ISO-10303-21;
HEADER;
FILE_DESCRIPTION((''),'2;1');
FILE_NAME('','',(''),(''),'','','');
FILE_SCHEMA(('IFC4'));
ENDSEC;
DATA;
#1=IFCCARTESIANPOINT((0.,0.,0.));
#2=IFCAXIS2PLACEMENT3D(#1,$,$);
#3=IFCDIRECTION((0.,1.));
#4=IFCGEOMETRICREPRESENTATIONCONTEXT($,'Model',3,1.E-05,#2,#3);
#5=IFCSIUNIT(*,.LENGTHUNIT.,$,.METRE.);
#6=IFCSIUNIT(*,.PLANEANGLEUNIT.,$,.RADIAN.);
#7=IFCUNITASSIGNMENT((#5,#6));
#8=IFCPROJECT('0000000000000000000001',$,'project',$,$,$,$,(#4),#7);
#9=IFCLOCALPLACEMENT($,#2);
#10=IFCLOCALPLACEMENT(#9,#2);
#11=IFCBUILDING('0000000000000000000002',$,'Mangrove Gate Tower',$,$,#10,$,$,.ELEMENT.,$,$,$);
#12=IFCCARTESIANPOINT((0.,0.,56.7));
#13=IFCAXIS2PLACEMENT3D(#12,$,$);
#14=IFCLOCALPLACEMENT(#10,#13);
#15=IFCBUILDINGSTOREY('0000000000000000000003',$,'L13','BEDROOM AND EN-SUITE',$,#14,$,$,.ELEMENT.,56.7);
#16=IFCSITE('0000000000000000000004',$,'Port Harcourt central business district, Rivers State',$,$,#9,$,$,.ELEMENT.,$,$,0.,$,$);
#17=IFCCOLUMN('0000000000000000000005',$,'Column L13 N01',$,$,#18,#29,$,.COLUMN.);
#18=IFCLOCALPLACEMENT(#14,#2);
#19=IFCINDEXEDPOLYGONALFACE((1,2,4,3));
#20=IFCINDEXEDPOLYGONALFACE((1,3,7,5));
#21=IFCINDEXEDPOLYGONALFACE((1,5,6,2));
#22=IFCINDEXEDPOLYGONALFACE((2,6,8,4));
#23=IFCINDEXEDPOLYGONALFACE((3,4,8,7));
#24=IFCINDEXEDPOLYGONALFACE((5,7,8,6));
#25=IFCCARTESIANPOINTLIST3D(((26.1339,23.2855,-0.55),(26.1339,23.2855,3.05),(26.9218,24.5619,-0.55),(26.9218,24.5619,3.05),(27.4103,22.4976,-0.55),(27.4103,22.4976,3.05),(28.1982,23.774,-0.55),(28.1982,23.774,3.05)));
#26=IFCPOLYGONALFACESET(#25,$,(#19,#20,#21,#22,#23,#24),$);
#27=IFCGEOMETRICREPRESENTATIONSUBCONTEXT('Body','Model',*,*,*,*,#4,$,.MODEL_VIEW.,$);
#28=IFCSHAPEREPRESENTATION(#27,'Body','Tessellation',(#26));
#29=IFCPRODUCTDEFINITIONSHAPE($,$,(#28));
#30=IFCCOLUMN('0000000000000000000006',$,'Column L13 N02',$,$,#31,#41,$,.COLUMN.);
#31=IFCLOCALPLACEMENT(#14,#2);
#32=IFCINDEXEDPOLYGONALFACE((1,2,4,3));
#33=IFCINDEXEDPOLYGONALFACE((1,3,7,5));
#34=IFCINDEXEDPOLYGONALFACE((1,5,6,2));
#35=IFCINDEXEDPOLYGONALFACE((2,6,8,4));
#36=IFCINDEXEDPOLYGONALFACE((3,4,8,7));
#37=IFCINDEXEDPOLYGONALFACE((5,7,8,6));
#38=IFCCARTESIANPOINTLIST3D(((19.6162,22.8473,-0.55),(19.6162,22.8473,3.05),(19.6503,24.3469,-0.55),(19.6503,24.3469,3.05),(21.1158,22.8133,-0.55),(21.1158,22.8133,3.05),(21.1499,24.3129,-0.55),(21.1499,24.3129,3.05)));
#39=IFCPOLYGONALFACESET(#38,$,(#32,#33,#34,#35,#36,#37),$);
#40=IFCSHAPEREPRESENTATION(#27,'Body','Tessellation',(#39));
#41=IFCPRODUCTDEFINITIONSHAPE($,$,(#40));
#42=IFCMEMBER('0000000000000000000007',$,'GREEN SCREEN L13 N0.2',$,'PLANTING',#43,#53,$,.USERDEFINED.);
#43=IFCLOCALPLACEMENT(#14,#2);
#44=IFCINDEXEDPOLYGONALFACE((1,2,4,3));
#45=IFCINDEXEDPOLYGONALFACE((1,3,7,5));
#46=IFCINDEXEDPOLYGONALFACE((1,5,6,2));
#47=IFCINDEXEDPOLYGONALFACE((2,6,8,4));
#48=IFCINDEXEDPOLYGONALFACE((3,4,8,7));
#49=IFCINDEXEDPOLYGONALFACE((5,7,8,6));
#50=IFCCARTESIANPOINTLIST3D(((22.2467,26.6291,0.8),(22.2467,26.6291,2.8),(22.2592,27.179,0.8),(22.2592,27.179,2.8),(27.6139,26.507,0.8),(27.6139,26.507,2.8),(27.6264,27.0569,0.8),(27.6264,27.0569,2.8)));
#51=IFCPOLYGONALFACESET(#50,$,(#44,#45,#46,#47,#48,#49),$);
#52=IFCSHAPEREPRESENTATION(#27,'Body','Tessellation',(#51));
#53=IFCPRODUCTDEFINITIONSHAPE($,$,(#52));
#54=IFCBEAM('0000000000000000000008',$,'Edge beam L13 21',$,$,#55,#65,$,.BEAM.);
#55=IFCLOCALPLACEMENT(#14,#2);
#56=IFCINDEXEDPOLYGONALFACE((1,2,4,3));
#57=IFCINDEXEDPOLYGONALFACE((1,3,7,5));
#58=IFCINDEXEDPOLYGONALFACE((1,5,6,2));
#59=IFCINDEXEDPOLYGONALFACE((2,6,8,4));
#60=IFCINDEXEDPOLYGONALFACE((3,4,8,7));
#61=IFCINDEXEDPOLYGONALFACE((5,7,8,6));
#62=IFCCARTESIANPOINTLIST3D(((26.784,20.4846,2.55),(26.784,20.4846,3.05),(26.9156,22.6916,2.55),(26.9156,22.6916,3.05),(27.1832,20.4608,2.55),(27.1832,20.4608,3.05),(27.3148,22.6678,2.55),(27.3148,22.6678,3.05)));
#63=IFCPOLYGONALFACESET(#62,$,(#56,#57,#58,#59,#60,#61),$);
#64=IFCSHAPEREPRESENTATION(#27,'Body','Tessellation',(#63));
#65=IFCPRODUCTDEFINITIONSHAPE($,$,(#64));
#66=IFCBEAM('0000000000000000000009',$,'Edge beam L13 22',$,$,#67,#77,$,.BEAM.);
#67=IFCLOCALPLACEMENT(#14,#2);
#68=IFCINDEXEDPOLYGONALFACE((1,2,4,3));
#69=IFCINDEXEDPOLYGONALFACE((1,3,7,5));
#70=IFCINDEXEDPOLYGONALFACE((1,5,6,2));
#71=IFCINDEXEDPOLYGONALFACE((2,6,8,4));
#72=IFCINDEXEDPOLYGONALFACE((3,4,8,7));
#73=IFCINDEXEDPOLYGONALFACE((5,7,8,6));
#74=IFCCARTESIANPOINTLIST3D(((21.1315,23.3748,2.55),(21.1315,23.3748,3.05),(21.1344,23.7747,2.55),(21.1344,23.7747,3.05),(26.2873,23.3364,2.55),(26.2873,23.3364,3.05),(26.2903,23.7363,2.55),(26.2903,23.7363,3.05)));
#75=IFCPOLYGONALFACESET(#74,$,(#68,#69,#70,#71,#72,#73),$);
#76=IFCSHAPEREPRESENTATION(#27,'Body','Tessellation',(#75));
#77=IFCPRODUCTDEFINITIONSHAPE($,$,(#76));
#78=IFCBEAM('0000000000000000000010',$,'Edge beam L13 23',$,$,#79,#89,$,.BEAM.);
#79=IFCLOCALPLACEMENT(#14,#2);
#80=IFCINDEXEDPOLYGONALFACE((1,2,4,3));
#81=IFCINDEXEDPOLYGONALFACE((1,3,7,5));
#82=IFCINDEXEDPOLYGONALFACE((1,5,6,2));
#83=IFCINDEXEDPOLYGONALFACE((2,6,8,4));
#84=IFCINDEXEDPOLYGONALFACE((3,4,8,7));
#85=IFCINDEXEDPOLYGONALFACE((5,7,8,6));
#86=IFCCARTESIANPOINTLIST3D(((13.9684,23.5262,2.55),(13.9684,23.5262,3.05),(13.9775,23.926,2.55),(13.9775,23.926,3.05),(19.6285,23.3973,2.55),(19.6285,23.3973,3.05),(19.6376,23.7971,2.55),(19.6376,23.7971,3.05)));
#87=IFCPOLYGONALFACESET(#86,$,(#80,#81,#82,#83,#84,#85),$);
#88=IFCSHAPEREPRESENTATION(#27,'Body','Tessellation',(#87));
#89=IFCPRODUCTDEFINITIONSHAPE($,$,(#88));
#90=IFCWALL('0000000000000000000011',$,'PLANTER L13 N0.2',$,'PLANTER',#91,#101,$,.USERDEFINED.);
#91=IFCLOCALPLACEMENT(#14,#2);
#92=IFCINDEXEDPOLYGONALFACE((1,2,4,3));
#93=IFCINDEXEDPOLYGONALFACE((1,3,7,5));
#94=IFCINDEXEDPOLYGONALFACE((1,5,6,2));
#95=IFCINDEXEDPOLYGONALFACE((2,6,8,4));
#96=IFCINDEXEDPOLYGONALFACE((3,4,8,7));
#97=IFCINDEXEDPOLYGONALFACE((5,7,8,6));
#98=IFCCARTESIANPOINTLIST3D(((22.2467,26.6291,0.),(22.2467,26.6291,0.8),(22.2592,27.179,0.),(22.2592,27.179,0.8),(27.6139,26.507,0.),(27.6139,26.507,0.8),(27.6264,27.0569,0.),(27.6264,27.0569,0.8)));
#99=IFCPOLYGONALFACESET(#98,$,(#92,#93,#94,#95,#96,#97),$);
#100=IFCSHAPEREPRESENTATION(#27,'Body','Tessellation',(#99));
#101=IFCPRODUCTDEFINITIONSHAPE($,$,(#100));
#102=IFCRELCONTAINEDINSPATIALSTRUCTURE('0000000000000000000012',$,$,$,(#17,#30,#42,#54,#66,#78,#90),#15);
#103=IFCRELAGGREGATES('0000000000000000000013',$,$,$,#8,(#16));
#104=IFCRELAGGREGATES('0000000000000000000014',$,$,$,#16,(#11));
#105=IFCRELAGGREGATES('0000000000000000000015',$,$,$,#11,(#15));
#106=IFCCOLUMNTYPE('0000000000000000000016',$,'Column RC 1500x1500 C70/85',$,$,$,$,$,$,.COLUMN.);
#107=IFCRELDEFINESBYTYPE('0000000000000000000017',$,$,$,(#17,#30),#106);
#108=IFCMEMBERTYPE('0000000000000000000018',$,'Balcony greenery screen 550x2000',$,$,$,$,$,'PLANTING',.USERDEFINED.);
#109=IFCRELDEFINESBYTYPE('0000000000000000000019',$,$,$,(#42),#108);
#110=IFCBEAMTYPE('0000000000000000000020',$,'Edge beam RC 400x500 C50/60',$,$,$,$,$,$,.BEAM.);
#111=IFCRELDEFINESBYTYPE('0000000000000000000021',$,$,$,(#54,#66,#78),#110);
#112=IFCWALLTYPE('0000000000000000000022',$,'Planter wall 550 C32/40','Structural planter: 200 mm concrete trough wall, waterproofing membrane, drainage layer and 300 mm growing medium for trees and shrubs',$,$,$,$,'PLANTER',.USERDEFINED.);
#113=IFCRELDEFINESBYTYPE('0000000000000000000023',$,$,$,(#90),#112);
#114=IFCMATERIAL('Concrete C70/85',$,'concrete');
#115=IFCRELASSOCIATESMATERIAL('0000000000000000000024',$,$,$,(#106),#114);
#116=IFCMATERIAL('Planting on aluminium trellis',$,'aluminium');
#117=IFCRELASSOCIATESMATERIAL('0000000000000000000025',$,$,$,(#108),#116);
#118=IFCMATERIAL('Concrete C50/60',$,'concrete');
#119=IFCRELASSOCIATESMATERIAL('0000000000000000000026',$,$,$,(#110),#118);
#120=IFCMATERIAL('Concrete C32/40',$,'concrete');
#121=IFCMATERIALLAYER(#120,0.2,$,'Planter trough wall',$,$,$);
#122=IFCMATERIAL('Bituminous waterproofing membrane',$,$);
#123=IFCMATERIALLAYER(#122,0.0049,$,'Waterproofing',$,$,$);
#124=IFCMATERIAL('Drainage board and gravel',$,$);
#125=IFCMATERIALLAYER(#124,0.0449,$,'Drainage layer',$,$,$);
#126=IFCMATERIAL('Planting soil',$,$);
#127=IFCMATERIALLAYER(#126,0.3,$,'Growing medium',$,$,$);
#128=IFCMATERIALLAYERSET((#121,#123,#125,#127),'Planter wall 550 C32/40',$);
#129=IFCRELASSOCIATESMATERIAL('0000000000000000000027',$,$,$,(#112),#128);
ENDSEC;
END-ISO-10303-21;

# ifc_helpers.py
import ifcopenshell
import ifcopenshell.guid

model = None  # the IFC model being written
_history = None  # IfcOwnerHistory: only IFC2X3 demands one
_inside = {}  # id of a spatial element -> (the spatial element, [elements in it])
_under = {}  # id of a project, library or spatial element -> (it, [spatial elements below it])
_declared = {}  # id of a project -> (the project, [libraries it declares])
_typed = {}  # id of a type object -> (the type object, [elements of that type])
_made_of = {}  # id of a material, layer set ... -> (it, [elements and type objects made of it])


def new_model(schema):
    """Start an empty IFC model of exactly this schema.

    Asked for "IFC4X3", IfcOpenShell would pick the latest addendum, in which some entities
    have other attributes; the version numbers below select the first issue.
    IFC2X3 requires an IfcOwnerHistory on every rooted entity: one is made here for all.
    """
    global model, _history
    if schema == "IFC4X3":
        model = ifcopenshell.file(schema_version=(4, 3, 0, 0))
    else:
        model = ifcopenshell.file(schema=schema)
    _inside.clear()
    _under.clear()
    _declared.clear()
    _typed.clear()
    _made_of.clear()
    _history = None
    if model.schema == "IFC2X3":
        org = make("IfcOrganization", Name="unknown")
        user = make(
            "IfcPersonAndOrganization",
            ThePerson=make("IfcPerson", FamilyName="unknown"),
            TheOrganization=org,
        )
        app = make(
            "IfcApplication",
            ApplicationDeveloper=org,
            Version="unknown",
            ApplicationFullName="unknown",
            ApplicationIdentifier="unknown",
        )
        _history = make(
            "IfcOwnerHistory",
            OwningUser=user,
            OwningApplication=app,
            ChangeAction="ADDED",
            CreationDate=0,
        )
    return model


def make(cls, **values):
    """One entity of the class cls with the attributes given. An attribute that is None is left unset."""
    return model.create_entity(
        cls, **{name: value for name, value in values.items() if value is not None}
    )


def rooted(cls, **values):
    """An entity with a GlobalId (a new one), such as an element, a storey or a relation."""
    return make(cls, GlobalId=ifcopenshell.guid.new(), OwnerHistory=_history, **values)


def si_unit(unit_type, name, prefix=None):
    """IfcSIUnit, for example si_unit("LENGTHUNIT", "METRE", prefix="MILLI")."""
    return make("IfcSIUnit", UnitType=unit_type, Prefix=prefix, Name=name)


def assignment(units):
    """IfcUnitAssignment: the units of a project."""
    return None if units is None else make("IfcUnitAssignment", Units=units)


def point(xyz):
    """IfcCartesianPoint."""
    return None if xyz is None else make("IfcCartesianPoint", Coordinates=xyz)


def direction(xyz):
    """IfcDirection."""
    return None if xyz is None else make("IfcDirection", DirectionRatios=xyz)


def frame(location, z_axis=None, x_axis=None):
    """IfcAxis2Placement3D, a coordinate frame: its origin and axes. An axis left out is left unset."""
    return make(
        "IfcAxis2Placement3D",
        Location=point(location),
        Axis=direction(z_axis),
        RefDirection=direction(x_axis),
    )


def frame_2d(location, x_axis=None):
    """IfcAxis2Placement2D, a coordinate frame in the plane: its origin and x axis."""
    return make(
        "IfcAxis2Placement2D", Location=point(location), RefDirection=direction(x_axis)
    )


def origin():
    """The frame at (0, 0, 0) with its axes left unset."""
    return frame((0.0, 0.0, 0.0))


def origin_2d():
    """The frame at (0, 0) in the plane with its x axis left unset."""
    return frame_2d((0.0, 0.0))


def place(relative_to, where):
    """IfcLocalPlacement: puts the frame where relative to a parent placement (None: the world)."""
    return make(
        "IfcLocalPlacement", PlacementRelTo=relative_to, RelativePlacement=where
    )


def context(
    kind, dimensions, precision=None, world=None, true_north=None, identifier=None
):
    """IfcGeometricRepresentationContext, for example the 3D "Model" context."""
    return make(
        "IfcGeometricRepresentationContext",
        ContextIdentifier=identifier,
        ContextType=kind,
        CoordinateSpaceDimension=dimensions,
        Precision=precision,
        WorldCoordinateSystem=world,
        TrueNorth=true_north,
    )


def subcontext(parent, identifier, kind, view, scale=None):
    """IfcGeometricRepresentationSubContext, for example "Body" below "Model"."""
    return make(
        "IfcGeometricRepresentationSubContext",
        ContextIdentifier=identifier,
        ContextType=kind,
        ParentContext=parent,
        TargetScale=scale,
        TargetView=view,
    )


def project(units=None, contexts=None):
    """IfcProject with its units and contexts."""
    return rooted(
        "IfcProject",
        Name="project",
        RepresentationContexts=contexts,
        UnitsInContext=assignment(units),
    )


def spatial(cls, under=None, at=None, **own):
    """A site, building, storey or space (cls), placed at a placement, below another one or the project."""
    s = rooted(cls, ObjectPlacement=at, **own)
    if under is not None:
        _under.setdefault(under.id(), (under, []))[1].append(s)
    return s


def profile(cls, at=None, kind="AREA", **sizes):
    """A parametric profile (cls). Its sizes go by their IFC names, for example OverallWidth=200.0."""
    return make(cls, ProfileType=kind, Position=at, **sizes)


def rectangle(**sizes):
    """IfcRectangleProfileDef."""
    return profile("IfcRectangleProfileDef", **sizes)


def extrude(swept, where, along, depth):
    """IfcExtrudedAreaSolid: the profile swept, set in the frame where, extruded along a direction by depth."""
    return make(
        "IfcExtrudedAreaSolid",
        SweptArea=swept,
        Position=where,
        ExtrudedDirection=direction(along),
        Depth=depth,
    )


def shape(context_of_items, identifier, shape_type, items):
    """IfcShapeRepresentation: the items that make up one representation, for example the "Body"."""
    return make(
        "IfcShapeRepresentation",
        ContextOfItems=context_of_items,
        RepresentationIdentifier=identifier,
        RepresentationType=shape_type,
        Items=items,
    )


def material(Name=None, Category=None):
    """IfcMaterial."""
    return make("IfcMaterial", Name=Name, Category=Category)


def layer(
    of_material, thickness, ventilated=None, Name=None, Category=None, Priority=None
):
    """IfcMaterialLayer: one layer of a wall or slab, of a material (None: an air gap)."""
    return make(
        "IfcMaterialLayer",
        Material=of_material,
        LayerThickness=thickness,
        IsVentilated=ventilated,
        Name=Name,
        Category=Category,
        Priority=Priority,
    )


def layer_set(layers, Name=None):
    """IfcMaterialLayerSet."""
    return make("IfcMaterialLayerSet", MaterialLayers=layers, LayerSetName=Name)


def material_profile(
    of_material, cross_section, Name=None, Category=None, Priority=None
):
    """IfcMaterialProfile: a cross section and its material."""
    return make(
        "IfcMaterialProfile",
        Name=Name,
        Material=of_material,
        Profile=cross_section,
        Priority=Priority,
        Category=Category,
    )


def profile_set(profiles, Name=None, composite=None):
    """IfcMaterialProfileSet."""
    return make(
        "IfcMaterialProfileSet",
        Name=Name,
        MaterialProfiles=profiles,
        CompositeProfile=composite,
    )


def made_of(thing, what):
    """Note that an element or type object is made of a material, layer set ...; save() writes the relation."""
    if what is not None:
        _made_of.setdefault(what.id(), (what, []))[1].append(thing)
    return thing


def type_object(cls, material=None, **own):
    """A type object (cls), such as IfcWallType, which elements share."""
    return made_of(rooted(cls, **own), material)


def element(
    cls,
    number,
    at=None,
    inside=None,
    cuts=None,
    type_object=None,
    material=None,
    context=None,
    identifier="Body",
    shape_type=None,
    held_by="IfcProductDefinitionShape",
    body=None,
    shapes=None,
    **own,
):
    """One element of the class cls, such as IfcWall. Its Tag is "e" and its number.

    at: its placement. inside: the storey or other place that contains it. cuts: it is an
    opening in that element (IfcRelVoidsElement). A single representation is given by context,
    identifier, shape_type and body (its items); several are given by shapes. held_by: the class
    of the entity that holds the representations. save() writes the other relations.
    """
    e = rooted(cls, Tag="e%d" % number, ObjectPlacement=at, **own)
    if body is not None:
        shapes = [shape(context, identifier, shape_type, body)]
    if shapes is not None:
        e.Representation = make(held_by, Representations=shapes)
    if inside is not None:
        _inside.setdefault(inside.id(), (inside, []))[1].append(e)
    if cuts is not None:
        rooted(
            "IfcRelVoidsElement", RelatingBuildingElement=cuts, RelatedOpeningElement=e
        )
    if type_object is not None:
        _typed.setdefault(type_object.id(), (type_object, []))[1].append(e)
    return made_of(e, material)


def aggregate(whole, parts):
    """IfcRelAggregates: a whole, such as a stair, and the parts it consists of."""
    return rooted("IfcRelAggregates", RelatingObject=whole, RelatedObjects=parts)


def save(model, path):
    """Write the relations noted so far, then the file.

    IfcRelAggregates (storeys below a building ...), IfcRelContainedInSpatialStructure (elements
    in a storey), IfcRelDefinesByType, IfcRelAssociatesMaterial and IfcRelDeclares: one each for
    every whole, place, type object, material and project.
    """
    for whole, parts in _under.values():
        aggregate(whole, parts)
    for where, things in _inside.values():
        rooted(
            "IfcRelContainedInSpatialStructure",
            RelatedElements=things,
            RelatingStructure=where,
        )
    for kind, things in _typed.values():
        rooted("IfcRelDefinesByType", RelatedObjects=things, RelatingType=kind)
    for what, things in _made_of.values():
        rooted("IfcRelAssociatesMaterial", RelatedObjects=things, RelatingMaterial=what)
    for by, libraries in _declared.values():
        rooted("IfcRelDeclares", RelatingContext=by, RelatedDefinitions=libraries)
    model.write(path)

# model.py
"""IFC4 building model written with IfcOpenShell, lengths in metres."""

from ifc_helpers import new_model, si_unit, direction, frame, frame_2d, origin, origin_2d, place, context, subcontext, project, spatial, rectangle, extrude, material, layer, layer_set, material_profile, profile_set, type_object, element, save


model = new_model("IFC4")

# Units and contexts
model_context = context("Model", 3, precision=1e-05, world=origin(), true_north=direction((0.0, 1.0)))
body_context = subcontext(model_context, "Body", "Model", "MODEL_VIEW")
ifc_project = project(units=[si_unit("LENGTHUNIT", "METRE"), si_unit("PLANEANGLEUNIT", "RADIAN")], contexts=[model_context])

# Site, building, storey
site_placement = place(None, origin())
site = spatial("IfcSite", under=ifc_project, at=site_placement, Name="Port Harcourt central business district, Rivers State", CompositionType="ELEMENT", RefElevation=0.0)
building_placement = place(site_placement, origin())
building = spatial("IfcBuilding", under=site, at=building_placement, Name="Mangrove Gate Tower", CompositionType="ELEMENT")
storey_placement = place(building_placement, frame((0.0, 0.0, 56.7)))
storey = spatial("IfcBuildingStorey", under=building, at=storey_placement, Name="L13", Description="BEDROOM AND EN-SUITE", CompositionType="ELEMENT", Elevation=56.7)

# Columns
ifc_material_1 = material(Name="Concrete C70/85", Category="concrete")
ifc_material_profile_1 = material_profile(ifc_material_1, rectangle(XDim=1.5, YDim=1.5, at=origin_2d()))
ifc_profile_set_1 = profile_set([ifc_material_profile_1], Name="Concrete C70/85")
column_type = type_object("IfcColumnType", Name="Column RC 1500x1500 C70/85", PredefinedType="COLUMN", material=ifc_profile_set_1)
for number, where, z_axis, x_axis, name in (
    (1, (27.166, 23.5298, -0.55), (0.0, 0.0, 1.0), (-0.850942, 0.52526, 0.0), "Column L13 N01"),
    (2, (20.3831, 23.5801, -0.55), (0.0, 0.0, 1.0), (-0.999743, 0.02269, 0.0), "Column L13 N02"),
):
    element("IfcColumn", number, at=place(storey_placement, frame(where, z_axis=z_axis, x_axis=x_axis)), inside=storey, type_object=column_type, Name=name, PredefinedType="COLUMN", context=body_context, shape_type="SweptSolid", body=[
        extrude(rectangle(XDim=1.5, YDim=1.5, at=origin_2d()), origin(), (0.0, 0.0, 1.0), 3.6001),
    ])

# Member
ifc_material_2 = material(Name="Planting on aluminium trellis", Category="aluminium")
ifc_material_profile_2 = material_profile(ifc_material_2, rectangle(XDim=0.55, YDim=2.0, at=origin_2d()))
ifc_profile_set_2 = profile_set([ifc_material_profile_2], Name="Planting on aluminium trellis")
member_type = type_object("IfcMemberType", Name="Balcony greenery screen 550x2000", ElementType="PLANTING", PredefinedType="USERDEFINED", material=ifc_profile_set_2)
member_placement = place(storey_placement, frame((22.2529, 26.9041, 1.8), z_axis=(0.999741, -0.022738, 0.0), x_axis=(0.022738, 0.999741, 0.0)))
element("IfcMember", 3, at=member_placement, inside=storey, type_object=member_type, Name="GREEN SCREEN L13 N0.2", ObjectType="PLANTING", PredefinedType="USERDEFINED", context=body_context, shape_type="SweptSolid", body=[
    extrude(rectangle(XDim=0.55, YDim=2.0, at=origin_2d()), origin(), (0.0, 0.0, 1.0), 5.3687),
])

# Beams
ifc_material_3 = material(Name="Concrete C50/60", Category="concrete")
ifc_material_profile_3 = material_profile(ifc_material_3, rectangle(XDim=0.3999, YDim=0.5, at=origin_2d()))
ifc_profile_set_3 = profile_set([ifc_material_profile_3], Name="Concrete C50/60")
beam_type = type_object("IfcBeamType", Name="Edge beam RC 400x500 C50/60", PredefinedType="BEAM", material=ifc_profile_set_3)
beam_1_placement = place(storey_placement, frame((26.9836, 20.4727, 2.8), z_axis=(0.059518, 0.998227, 0.0), x_axis=(-0.998227, 0.059518, 0.0)))
element("IfcBeam", 4, at=beam_1_placement, inside=storey, type_object=beam_type, Name="Edge beam L13 21", PredefinedType="BEAM", context=body_context, shape_type="SweptSolid", body=[
    extrude(rectangle(XDim=0.3999, YDim=0.5, at=origin_2d()), origin(), (0.0, 0.0, 1.0), 2.2109),
])
beam_2_placement = place(storey_placement, frame((26.2888, 23.5364, 2.8), z_axis=(-0.999972, 0.007434, 0.0), x_axis=(-0.007434, -0.999972, 0.0)))
element("IfcBeam", 5, at=beam_2_placement, inside=storey, type_object=beam_type, Name="Edge beam L13 22", PredefinedType="BEAM", context=body_context, shape_type="SweptSolid", body=[
    extrude(rectangle(XDim=0.3999, YDim=0.5, at=origin_2d()), origin(), (0.0, 0.0, 1.0), 5.156),
])
beam_3_placement = place(storey_placement, frame((19.6331, 23.5972, 2.8), z_axis=(-0.999741, 0.022768, 0.0), x_axis=(-0.022768, -0.999741, 0.0)))
element("IfcBeam", 6, at=beam_3_placement, inside=storey, type_object=beam_type, Name="Edge beam L13 23", PredefinedType="BEAM", context=body_context, shape_type="SweptSolid", body=[
    extrude(rectangle(XDim=0.3999, YDim=0.5, at=origin_2d()), origin(), (0.0, 0.0, 1.0), 5.6616),
])

# Wall
ifc_material_4 = material(Name="Concrete C32/40", Category="concrete")
ifc_layer_1 = layer(ifc_material_4, 0.2, Name="Planter trough wall")
ifc_material_5 = material(Name="Bituminous waterproofing membrane")
ifc_layer_2 = layer(ifc_material_5, 0.0049, Name="Waterproofing")
ifc_material_6 = material(Name="Drainage board and gravel")
ifc_layer_3 = layer(ifc_material_6, 0.0449, Name="Drainage layer")
ifc_material_7 = material(Name="Planting soil")
ifc_layer_4 = layer(ifc_material_7, 0.3, Name="Growing medium")
ifc_layer_set_1 = layer_set([ifc_layer_1, ifc_layer_2, ifc_layer_3, ifc_layer_4], Name="Planter wall 550 C32/40")
wall_type_1 = type_object("IfcWallType", Name="Planter wall 550 C32/40", Description="Structural planter: 200 mm concrete trough wall, waterproofing membrane, drainage layer and 300 mm growing medium for trees and shrubs", ElementType="PLANTER", PredefinedType="USERDEFINED", material=ifc_layer_set_1)
wall_1_placement = place(storey_placement, frame((22.2529, 26.9041, 0.0), z_axis=(0.0, 0.0, 1.0), x_axis=(0.999741, -0.022738, 0.0)))
element("IfcWall", 7, at=wall_1_placement, inside=storey, type_object=wall_type_1, Name="PLANTER L13 N0.2", ObjectType="PLANTER", PredefinedType="USERDEFINED", context=body_context, shape_type="SweptSolid", body=[
    extrude(rectangle(XDim=5.3687, YDim=0.55, at=frame_2d((2.6843, 0.0))), origin(), (0.0, 0.0, 1.0), 0.8),
])

save(model, "model.ifc")
